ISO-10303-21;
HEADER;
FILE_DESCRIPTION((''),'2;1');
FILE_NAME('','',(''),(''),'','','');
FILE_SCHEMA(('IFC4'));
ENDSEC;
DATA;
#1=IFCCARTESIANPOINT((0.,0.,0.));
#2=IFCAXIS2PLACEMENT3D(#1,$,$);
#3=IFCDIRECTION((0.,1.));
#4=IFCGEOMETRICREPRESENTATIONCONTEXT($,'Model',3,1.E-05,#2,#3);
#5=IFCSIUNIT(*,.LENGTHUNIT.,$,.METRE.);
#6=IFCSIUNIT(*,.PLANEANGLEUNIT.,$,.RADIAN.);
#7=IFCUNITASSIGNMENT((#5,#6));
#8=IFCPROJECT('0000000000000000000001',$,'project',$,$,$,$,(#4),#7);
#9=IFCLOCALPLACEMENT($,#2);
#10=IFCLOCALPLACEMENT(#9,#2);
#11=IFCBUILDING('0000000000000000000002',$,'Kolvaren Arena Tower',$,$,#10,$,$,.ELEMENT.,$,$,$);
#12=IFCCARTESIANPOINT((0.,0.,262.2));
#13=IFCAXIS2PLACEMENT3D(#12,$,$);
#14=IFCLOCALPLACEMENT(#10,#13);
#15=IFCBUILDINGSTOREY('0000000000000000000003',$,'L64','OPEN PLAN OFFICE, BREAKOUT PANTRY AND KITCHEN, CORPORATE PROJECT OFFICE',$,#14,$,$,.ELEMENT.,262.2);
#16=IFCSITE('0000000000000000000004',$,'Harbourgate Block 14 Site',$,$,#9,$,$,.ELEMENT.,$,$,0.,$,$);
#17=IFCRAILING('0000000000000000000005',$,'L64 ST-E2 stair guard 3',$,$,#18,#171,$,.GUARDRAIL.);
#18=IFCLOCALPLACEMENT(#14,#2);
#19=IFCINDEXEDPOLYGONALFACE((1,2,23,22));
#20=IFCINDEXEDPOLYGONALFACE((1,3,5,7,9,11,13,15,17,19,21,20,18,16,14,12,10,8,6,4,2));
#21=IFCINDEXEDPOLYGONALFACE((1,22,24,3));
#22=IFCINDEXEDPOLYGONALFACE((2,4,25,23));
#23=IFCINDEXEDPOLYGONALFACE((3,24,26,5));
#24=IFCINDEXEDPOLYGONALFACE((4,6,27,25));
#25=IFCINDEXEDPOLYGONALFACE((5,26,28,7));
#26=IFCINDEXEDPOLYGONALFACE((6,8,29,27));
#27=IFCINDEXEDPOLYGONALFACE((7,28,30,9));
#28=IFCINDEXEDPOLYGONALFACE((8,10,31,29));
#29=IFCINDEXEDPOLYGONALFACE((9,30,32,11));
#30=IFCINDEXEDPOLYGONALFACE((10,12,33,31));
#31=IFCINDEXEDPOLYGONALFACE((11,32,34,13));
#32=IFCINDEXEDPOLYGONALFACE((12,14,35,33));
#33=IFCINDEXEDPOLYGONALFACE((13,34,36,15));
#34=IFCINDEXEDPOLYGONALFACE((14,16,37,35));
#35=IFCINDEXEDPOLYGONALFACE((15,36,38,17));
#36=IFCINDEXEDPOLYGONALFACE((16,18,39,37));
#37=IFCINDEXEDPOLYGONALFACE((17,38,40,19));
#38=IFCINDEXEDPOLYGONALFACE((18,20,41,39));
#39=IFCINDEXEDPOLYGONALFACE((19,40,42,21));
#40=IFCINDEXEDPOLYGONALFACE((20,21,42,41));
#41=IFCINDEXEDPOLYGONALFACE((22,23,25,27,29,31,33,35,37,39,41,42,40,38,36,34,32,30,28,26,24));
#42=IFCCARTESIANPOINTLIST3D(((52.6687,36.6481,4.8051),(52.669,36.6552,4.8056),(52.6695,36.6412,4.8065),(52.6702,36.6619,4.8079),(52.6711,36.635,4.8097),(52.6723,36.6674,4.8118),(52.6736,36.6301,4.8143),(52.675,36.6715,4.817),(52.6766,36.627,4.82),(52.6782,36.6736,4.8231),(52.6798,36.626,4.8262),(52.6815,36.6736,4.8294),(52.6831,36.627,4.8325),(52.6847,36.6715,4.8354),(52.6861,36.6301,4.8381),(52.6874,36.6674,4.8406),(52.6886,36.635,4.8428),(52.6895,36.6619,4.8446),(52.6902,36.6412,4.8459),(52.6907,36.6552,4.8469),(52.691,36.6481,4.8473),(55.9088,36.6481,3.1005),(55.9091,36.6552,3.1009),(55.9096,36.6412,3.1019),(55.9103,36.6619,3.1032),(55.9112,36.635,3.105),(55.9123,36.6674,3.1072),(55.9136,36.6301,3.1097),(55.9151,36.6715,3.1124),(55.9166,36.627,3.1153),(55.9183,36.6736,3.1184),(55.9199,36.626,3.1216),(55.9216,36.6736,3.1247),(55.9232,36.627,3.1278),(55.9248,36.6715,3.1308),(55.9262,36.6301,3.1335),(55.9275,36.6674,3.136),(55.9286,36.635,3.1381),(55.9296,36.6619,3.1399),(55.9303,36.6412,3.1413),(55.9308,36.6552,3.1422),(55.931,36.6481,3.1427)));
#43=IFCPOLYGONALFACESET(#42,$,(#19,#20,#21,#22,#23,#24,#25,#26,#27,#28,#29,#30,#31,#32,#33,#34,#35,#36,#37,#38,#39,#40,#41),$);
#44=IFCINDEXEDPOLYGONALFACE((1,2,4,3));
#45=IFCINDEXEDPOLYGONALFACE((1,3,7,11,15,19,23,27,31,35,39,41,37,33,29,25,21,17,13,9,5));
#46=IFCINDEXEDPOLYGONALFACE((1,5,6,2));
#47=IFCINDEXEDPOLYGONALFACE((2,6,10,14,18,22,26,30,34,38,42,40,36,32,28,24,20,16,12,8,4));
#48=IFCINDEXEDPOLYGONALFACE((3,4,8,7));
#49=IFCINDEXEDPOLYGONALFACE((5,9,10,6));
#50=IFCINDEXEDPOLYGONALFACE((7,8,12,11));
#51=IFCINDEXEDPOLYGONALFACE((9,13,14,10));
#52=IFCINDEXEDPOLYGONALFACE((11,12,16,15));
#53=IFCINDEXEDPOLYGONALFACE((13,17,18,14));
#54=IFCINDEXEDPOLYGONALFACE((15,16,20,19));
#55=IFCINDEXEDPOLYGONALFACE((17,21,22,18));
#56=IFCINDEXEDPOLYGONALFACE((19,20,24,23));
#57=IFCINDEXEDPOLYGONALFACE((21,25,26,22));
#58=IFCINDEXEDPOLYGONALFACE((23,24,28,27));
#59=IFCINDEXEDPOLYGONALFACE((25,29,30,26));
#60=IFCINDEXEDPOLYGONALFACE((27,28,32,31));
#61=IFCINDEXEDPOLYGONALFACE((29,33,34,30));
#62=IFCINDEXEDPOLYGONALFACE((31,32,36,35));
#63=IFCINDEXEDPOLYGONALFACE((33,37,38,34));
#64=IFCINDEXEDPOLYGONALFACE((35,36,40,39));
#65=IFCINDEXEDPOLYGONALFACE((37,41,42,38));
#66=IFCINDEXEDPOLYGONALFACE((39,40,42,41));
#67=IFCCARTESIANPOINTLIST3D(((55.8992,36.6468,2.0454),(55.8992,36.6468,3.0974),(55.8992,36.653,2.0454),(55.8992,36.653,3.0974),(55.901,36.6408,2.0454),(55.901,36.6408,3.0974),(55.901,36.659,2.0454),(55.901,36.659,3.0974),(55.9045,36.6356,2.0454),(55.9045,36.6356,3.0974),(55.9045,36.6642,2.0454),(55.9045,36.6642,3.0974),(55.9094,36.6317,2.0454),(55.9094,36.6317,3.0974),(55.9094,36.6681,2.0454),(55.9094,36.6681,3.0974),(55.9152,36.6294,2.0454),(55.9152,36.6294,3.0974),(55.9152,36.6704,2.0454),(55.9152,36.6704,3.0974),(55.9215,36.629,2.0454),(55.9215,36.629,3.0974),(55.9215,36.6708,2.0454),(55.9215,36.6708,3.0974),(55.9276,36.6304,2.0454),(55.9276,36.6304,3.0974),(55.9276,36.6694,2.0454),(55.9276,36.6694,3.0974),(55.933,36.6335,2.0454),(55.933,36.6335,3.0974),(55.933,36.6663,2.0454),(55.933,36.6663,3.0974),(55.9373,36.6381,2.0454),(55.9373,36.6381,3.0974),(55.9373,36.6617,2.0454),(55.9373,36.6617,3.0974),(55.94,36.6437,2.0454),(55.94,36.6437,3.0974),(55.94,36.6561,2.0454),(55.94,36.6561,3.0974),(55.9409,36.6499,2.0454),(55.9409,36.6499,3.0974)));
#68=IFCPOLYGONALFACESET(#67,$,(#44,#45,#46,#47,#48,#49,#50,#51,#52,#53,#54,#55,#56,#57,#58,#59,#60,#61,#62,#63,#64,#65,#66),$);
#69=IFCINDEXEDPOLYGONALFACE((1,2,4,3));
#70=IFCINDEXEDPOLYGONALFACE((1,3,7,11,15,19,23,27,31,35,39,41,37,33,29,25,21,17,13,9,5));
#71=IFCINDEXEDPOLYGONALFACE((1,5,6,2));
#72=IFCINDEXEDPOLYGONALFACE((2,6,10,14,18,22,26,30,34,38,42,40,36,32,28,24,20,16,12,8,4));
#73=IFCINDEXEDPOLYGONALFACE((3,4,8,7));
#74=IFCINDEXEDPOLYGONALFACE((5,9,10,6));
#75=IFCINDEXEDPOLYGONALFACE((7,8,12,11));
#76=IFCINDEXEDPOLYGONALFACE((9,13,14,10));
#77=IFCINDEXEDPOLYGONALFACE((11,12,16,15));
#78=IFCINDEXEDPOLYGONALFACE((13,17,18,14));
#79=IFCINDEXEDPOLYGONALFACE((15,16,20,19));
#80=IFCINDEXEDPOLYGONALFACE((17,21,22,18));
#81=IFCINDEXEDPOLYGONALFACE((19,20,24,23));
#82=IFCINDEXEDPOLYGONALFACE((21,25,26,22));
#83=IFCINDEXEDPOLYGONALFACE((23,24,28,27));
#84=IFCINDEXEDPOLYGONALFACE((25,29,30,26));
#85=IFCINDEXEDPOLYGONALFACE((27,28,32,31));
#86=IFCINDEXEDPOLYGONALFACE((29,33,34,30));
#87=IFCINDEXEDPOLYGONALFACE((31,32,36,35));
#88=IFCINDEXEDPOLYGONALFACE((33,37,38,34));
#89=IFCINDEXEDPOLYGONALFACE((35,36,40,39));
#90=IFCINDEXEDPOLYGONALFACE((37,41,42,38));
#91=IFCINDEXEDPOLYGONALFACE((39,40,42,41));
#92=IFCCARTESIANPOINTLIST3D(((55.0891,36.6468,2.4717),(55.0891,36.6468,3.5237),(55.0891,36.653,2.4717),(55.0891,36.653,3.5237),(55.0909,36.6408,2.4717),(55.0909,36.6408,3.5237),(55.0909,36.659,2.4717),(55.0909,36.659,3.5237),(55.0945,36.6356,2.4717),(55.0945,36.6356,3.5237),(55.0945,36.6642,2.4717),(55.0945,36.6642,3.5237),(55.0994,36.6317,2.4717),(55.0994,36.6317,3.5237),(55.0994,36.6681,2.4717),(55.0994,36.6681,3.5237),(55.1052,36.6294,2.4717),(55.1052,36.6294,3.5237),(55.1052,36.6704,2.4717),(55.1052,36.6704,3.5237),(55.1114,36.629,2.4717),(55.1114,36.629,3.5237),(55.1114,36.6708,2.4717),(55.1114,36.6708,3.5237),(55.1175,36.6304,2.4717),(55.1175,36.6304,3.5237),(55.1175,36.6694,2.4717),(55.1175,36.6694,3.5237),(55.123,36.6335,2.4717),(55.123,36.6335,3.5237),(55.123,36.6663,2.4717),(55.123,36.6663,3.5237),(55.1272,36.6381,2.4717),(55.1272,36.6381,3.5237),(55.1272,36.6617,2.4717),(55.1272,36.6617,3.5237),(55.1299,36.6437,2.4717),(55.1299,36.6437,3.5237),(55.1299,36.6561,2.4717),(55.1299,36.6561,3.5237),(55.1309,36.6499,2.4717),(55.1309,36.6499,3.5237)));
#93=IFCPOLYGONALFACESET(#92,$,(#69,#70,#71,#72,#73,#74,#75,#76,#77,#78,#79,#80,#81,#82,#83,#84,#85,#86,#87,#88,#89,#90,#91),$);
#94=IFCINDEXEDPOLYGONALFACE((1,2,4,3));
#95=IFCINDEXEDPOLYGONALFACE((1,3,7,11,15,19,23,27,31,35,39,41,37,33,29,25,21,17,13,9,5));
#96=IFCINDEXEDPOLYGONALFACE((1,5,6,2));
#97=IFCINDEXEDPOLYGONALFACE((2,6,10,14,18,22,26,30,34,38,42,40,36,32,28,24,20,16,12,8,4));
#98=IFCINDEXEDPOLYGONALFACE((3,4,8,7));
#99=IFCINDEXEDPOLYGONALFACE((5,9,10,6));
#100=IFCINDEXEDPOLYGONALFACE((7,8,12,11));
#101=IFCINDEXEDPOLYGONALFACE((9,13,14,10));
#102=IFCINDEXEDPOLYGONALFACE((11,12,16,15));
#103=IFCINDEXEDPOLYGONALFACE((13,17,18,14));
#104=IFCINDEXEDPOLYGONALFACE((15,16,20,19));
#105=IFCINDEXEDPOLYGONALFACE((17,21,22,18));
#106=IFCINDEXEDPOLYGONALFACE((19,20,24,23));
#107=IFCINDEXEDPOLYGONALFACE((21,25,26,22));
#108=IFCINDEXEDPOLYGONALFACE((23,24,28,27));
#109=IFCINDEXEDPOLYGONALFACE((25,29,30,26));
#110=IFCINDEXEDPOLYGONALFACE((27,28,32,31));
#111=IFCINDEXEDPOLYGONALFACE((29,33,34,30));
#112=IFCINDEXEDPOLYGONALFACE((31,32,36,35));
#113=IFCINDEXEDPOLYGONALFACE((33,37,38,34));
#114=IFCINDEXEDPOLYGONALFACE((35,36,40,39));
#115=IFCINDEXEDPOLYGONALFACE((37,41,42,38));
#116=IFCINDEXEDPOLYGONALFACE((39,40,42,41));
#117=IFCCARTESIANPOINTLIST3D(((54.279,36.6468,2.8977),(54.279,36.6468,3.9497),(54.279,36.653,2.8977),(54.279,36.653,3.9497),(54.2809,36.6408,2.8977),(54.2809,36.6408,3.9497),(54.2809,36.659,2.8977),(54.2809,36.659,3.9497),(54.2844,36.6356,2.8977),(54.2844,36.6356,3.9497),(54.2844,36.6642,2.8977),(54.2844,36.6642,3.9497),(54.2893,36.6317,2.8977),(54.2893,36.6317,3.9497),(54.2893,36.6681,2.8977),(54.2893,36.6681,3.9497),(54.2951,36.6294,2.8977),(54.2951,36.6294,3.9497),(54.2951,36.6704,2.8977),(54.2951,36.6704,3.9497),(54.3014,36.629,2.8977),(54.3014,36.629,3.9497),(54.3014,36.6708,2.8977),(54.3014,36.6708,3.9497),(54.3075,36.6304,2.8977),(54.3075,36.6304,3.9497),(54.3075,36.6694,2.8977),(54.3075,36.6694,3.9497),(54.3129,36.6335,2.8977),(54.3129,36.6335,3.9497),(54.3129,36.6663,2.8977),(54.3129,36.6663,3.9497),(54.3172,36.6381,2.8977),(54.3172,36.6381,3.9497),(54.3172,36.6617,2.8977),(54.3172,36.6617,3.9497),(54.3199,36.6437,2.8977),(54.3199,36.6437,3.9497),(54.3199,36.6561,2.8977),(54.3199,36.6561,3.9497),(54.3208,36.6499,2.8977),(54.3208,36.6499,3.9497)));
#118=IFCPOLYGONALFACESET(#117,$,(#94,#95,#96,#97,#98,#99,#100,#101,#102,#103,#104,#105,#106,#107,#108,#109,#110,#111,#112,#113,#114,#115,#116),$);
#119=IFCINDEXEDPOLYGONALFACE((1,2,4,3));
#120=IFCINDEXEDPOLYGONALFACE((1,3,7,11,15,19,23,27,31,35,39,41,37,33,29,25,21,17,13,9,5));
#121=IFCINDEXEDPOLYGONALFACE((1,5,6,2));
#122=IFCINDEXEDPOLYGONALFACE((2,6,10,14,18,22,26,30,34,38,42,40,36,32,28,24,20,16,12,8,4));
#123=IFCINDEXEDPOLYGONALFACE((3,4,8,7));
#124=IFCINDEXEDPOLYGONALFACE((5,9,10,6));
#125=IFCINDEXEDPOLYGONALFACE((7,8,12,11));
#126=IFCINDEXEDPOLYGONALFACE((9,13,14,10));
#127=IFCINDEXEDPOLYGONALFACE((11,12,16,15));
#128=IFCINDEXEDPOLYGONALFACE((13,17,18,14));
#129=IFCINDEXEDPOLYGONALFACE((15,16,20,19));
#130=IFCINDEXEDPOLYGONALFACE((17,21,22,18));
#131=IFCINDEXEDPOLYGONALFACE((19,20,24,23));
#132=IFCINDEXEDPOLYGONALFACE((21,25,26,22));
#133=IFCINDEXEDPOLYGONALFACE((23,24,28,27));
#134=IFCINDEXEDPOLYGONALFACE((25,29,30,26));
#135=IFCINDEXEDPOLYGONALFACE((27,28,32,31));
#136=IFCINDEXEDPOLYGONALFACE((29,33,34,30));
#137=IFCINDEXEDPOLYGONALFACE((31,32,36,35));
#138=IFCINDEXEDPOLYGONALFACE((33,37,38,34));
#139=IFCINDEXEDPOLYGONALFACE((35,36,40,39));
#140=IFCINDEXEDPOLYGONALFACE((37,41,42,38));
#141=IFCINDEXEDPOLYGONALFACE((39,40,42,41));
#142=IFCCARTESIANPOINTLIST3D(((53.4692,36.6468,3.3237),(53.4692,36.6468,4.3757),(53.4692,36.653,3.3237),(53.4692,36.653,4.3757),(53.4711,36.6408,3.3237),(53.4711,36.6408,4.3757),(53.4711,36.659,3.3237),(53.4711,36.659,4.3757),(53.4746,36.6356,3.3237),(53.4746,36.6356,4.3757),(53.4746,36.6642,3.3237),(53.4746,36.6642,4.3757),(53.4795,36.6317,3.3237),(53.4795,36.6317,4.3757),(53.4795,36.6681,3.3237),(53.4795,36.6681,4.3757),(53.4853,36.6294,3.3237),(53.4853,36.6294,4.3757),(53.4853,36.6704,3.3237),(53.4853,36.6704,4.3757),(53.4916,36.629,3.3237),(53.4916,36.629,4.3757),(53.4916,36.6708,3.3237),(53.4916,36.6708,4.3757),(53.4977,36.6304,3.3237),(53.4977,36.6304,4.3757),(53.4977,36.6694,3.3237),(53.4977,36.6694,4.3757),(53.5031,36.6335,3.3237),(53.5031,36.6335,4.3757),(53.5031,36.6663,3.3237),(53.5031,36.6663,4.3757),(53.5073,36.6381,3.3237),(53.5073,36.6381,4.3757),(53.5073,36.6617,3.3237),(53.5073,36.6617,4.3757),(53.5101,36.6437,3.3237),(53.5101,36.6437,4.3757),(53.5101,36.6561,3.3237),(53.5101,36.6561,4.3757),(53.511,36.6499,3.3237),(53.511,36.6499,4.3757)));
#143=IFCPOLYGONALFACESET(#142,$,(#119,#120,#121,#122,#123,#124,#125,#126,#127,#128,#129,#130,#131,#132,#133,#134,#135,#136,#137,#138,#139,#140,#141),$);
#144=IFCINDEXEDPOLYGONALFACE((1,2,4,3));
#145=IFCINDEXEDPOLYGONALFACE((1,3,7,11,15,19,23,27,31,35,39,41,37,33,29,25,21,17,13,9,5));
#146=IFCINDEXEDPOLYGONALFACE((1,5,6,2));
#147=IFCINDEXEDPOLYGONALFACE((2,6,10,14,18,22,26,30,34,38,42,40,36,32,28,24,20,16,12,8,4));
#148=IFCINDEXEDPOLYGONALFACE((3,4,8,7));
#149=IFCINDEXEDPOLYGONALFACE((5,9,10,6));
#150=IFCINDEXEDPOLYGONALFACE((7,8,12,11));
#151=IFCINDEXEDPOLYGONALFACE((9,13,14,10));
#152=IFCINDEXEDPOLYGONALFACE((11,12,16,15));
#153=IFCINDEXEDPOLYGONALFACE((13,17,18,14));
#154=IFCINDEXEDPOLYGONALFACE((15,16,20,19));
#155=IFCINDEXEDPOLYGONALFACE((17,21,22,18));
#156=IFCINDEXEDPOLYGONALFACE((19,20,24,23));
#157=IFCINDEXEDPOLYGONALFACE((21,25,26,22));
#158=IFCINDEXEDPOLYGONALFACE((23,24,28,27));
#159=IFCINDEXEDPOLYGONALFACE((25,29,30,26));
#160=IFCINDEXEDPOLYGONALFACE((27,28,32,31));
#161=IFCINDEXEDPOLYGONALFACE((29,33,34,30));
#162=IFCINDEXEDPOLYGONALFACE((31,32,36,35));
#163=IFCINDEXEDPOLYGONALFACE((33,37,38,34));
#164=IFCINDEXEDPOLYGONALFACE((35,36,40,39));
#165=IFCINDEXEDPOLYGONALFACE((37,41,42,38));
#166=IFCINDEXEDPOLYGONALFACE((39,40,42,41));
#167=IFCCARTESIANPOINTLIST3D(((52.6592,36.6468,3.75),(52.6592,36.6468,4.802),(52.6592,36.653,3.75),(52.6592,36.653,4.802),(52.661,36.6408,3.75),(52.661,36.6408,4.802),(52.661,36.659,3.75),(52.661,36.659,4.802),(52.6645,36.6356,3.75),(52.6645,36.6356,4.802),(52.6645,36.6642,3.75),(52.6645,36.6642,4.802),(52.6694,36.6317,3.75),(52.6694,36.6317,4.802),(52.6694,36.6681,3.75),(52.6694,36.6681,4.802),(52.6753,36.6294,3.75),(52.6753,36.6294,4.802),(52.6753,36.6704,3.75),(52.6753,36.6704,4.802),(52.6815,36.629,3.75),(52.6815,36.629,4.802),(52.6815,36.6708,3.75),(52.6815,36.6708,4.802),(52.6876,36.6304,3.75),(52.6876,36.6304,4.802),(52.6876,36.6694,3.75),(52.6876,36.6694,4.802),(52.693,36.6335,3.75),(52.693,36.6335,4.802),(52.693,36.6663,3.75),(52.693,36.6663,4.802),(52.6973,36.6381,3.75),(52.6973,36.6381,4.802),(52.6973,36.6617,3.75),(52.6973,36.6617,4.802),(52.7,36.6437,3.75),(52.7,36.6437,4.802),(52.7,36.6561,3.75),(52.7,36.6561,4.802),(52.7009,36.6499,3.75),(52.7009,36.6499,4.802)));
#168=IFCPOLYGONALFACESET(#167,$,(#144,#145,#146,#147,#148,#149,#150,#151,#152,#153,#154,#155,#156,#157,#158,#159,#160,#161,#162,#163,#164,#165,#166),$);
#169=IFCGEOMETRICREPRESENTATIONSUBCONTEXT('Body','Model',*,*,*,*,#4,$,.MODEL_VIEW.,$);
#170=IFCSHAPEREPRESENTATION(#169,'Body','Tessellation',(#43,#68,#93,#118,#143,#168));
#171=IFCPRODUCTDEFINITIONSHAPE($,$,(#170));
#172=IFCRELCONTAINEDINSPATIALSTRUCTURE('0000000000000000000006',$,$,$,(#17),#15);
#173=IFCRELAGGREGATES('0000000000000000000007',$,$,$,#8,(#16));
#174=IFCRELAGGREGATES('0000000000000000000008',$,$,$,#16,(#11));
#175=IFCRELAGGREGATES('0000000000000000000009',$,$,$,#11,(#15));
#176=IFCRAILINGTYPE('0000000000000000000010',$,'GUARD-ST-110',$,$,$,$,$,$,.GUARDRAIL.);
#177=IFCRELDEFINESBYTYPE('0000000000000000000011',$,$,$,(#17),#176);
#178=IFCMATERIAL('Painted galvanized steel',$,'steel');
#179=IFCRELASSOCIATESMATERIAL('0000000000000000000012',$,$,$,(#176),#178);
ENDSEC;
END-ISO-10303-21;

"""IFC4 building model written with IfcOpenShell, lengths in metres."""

from ifc_helpers import new_model, si_unit, direction, frame, origin, origin_2d, place, context, subcontext, project, spatial, circle, extrude, material, type_object, element, save


model = new_model("IFC4")

# Units and contexts
model_context = context("Model", 3, precision=1e-05, world=origin(), true_north=direction((0.0, 1.0)))
body_context = subcontext(model_context, "Body", "Model", "MODEL_VIEW")
ifc_project = project(units=[si_unit("LENGTHUNIT", "METRE"), si_unit("PLANEANGLEUNIT", "RADIAN")], contexts=[model_context])

# Site, building, storey
site_placement = place(None, origin())
site = spatial("IfcSite", under=ifc_project, at=site_placement, Name="Harbourgate Block 14 Site", CompositionType="ELEMENT", RefElevation=0.0)
building_placement = place(site_placement, origin())
building = spatial("IfcBuilding", under=site, at=building_placement, Name="Kolvaren Arena Tower", CompositionType="ELEMENT")
storey_placement = place(building_placement, frame((0.0, 0.0, 262.2)))
storey = spatial("IfcBuildingStorey", under=building, at=storey_placement, Name="L64", Description="OPEN PLAN OFFICE, BREAKOUT PANTRY AND KITCHEN, CORPORATE PROJECT OFFICE", CompositionType="ELEMENT", Elevation=262.2)

# Railing
ifc_material_1 = material(Name="Painted galvanized steel", Category="steel")
railing_type_1 = type_object("IfcRailingType", Name="GUARD-ST-110", PredefinedType="GUARDRAIL", material=ifc_material_1)
railing_1_placement = place(storey_placement, frame((55.9199, 36.6499, 2.0454)))
element("IfcRailing", 1, at=railing_1_placement, inside=storey, type_object=railing_type_1, Name="L64 ST-E2 stair guard 3", PredefinedType="GUARDRAIL", context=body_context, shape_type="SweptSolid", body=[
    extrude(circle(Radius=0.0239, at=origin_2d()), frame((0.0, 0.0, 1.0762), z_axis=(-0.884993, 0.0, 0.465604), x_axis=(0.0, -1.0, 0.0)), (0.0, 0.0, 1.0), 3.6611),
    extrude(circle(Radius=0.021, at=origin_2d()), origin(), (0.0, 0.0, 1.0), 1.052),
    extrude(circle(Radius=0.021, at=origin_2d()), frame((-0.8101, 0.0, 0.4263)), (0.0, 0.0, 1.0), 1.052),
    extrude(circle(Radius=0.021, at=origin_2d()), frame((-1.6201, 0.0, 0.8523)), (0.0, 0.0, 1.0), 1.052),
    extrude(circle(Radius=0.021, at=origin_2d()), frame((-2.4299, 0.0, 1.2783)), (0.0, 0.0, 1.0), 1.052),
    extrude(circle(Radius=0.021, at=origin_2d()), frame((-3.24, 0.0, 1.7046)), (0.0, 0.0, 1.0), 1.052),
])

save(model, "model.ifc")
